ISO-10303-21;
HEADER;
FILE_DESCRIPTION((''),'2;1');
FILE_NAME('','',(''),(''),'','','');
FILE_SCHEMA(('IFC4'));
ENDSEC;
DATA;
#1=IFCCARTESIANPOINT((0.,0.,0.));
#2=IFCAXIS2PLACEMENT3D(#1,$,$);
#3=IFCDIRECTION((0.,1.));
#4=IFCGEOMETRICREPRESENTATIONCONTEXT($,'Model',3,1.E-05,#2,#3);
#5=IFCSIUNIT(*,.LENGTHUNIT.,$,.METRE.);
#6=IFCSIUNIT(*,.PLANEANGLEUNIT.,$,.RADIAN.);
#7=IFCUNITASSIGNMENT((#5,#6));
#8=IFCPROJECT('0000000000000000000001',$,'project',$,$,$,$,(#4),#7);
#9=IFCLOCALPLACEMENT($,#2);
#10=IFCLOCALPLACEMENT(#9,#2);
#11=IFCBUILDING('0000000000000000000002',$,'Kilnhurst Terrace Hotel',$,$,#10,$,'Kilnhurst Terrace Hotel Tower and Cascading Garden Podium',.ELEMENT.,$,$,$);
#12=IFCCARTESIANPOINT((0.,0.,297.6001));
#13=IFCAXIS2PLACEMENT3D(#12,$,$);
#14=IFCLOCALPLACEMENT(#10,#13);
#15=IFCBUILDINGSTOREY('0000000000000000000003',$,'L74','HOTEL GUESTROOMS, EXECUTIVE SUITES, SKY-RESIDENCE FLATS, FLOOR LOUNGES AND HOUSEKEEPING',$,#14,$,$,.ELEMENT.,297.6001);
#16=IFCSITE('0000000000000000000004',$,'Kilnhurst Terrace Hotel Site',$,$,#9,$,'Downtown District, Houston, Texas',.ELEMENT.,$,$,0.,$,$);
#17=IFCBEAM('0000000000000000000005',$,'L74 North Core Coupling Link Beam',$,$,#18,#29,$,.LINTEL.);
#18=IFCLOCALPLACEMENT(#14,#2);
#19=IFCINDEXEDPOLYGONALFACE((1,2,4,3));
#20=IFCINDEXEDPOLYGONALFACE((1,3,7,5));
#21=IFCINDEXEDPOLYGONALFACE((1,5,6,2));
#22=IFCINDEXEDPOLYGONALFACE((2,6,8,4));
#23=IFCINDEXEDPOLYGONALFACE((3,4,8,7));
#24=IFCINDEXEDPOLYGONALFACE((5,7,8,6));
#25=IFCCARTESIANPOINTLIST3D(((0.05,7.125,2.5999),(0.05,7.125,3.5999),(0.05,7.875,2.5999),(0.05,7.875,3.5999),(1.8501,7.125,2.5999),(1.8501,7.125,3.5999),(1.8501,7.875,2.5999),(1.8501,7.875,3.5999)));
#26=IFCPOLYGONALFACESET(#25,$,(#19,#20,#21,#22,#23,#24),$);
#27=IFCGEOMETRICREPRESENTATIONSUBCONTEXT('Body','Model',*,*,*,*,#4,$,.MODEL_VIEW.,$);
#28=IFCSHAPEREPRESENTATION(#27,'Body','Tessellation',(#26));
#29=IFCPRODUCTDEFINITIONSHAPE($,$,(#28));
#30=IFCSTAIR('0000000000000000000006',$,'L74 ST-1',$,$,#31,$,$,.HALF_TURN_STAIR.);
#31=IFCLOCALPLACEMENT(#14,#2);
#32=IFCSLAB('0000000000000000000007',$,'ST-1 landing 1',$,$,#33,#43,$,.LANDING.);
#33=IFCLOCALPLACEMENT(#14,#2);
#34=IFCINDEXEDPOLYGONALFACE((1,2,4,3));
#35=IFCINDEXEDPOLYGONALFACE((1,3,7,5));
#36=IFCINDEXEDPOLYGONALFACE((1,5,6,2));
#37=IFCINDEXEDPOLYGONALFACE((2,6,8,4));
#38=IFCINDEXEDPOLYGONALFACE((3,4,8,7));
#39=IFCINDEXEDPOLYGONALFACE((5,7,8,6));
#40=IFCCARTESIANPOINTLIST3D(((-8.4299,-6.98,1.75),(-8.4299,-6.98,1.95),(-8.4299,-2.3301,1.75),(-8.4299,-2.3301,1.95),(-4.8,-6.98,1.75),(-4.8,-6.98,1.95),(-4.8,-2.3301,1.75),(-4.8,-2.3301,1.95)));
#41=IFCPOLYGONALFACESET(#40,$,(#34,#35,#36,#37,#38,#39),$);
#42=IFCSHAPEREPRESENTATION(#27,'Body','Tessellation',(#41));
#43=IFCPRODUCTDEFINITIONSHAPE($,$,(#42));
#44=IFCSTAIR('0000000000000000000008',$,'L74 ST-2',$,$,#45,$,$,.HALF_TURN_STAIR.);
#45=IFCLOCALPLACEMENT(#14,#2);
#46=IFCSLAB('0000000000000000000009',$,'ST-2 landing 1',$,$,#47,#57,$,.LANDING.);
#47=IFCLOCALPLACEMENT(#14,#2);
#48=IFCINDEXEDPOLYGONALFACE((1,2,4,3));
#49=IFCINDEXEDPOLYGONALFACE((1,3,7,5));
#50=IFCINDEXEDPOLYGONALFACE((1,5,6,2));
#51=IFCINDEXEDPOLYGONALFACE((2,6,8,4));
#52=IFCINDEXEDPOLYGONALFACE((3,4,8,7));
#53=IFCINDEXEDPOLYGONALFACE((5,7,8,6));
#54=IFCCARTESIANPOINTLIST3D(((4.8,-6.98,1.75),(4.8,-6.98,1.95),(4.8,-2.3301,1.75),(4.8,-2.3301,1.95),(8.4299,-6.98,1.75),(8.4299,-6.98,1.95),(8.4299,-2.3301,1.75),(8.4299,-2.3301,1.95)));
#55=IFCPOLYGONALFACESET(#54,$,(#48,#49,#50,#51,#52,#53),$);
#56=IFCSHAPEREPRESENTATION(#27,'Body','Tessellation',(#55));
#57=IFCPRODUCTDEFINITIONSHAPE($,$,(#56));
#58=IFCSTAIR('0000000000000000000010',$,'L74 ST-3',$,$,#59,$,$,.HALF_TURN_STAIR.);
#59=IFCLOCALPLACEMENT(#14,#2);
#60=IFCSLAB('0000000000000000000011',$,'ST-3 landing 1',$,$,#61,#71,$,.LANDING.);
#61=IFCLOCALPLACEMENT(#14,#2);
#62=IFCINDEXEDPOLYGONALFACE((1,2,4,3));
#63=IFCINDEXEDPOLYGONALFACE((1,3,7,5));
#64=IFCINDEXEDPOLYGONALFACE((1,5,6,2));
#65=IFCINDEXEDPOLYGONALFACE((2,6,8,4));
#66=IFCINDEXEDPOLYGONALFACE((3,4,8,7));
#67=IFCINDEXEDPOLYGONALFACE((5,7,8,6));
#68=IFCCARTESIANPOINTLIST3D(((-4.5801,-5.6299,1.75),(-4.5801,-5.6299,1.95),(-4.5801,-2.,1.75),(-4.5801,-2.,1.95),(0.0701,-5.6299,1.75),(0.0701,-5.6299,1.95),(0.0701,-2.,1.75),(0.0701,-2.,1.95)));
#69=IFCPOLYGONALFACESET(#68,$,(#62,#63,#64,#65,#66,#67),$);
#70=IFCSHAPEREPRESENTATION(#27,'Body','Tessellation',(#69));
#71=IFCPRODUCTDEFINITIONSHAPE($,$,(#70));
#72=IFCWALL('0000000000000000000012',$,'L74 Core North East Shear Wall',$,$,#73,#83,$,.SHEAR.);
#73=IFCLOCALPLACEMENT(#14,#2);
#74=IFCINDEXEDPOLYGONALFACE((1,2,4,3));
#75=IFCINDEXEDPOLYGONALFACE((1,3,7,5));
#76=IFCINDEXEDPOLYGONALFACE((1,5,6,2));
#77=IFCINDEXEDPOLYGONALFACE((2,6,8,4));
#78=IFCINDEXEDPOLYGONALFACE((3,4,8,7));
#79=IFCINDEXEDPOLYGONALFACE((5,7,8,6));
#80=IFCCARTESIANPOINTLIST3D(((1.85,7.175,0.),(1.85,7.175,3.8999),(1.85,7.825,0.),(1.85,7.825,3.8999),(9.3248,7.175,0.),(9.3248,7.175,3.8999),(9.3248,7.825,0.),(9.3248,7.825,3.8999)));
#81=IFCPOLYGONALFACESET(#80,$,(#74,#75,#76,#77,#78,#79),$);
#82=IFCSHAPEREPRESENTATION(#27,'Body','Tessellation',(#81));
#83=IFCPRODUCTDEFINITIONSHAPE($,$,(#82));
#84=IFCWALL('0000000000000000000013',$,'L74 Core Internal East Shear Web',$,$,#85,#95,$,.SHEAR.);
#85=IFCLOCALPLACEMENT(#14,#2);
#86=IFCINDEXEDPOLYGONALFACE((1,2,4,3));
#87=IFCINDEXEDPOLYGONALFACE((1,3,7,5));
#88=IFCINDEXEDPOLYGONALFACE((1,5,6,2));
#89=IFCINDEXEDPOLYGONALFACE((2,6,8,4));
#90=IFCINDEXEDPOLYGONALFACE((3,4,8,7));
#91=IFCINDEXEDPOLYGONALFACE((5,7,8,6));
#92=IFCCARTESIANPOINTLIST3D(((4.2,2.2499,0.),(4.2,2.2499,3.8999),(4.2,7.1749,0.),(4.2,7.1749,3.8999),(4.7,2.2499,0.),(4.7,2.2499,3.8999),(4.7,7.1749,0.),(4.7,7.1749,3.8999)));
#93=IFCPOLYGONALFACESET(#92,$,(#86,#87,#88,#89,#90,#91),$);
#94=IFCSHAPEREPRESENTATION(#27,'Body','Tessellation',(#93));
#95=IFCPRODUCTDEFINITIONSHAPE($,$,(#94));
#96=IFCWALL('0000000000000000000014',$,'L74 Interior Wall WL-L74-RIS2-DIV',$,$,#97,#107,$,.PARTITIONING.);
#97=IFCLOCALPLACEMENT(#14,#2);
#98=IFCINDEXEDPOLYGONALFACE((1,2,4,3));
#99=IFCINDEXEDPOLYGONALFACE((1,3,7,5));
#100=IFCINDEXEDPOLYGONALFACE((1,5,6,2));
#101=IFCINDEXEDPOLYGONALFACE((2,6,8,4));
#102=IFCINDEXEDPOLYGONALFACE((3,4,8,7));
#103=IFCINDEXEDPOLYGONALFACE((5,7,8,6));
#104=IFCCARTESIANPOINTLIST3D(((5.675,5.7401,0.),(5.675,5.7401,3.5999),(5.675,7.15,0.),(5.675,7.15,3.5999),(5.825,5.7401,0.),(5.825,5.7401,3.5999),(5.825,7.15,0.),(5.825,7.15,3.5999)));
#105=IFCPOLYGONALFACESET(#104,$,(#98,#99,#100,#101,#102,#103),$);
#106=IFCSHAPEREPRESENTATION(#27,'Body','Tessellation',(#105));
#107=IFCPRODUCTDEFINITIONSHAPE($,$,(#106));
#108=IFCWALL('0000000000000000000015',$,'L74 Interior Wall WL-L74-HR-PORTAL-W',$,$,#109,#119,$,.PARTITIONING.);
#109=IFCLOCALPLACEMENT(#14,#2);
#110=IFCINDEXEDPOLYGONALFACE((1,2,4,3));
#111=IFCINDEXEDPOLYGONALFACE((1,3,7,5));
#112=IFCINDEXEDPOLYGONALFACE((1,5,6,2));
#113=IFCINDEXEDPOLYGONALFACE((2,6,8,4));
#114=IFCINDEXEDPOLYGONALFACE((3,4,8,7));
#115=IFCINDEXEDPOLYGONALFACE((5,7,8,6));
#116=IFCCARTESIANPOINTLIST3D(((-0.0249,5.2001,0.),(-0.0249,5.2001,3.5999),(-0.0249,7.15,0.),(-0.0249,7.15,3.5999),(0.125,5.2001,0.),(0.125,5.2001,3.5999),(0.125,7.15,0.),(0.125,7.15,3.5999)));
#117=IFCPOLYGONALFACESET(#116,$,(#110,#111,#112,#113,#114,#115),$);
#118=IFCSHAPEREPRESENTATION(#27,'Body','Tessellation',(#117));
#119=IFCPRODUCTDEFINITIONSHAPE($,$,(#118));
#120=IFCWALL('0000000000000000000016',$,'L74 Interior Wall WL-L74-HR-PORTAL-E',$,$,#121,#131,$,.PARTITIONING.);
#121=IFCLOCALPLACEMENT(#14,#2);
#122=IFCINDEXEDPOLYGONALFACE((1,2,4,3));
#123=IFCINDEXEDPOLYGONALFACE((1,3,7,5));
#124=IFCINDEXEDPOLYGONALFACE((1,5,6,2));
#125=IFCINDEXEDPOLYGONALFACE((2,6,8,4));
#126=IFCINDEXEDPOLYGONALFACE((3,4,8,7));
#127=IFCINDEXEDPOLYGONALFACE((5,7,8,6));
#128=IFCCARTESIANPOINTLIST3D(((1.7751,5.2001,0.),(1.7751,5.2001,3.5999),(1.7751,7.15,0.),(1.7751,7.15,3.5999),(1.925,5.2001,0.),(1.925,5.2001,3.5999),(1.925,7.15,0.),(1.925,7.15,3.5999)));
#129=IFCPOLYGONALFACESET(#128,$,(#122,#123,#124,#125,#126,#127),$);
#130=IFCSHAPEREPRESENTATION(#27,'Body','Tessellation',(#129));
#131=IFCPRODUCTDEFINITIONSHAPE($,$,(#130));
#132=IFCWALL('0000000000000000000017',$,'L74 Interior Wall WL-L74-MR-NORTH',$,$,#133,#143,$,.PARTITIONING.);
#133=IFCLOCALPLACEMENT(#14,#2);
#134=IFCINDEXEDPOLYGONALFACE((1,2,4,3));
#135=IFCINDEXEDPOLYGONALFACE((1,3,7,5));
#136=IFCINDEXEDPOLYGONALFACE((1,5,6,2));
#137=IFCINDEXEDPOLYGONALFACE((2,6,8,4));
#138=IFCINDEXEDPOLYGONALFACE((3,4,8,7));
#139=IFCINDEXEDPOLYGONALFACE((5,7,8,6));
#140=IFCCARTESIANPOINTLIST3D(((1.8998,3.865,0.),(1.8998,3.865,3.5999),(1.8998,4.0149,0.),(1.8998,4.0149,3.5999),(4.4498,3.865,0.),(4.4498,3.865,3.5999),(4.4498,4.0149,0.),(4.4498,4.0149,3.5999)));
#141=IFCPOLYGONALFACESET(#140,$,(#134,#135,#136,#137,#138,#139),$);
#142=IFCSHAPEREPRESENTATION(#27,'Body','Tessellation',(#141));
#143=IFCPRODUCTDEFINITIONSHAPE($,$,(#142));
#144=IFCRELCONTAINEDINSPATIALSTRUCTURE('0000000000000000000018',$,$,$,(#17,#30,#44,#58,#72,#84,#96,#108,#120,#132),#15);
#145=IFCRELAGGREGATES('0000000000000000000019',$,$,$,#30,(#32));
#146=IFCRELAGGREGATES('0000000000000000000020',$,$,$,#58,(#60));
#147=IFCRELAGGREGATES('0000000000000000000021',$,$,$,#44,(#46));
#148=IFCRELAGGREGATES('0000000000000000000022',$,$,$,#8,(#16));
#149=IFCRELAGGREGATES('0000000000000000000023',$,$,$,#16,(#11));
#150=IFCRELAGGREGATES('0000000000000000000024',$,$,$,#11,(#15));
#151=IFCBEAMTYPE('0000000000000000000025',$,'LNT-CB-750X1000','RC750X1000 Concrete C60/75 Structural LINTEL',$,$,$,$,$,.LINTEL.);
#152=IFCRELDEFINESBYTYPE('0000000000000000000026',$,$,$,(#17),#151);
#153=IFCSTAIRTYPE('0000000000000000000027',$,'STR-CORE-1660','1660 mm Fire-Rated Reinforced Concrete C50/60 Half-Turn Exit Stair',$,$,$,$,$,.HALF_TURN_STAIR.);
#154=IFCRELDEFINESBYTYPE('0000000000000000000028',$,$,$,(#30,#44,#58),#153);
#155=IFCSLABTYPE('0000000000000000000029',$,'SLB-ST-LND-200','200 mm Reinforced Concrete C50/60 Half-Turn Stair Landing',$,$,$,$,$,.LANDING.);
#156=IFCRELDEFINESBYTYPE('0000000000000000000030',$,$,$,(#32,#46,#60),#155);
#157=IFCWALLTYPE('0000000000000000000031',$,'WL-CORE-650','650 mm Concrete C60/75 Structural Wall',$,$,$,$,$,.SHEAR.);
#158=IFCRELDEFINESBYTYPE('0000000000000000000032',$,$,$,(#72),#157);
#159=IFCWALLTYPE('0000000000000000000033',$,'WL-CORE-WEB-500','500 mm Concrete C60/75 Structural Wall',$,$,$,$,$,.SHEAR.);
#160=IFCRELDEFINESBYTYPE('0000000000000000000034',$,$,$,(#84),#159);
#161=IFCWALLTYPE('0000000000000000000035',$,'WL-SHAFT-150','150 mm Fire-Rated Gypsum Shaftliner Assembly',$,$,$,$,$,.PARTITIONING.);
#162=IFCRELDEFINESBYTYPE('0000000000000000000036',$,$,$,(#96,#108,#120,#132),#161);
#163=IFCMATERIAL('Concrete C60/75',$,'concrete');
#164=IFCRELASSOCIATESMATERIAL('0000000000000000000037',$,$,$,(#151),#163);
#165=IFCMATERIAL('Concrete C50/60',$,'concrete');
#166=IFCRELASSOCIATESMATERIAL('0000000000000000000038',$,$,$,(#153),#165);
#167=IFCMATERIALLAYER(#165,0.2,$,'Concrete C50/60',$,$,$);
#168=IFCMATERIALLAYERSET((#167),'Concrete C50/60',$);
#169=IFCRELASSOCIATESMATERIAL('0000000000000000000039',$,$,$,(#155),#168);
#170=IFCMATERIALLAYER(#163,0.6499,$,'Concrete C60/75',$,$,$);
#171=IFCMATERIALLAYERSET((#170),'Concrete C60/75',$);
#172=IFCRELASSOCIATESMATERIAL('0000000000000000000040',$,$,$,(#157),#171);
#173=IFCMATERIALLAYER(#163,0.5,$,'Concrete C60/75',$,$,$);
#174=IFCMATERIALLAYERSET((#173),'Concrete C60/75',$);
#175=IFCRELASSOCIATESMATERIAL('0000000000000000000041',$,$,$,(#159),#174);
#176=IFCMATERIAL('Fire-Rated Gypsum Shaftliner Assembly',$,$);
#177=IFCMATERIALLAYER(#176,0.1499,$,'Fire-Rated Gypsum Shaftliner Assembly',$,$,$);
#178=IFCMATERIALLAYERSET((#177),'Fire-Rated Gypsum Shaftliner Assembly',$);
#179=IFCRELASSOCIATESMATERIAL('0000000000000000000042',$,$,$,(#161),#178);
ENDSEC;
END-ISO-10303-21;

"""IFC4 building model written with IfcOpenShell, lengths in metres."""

from ifc_helpers import new_model, si_unit, direction, frame, frame_2d, origin, origin_2d, place, context, subcontext, project, spatial, polyline, rectangle, outline, extrude, material, layer, layer_set, material_profile, profile_set, type_object, element, aggregate, save


model = new_model("IFC4")

# Units and contexts
model_context = context("Model", 3, precision=1e-05, world=origin(), true_north=direction((0.0, 1.0)))
body_context = subcontext(model_context, "Body", "Model", "MODEL_VIEW")
ifc_project = project(units=[si_unit("LENGTHUNIT", "METRE"), si_unit("PLANEANGLEUNIT", "RADIAN")], contexts=[model_context])

# Site, building, storey
site_placement = place(None, origin())
site = spatial("IfcSite", under=ifc_project, at=site_placement, Name="Kilnhurst Terrace Hotel Site", LongName="Downtown District, Houston, Texas", CompositionType="ELEMENT", RefElevation=0.0)
building_placement = place(site_placement, origin())
building = spatial("IfcBuilding", under=site, at=building_placement, Name="Kilnhurst Terrace Hotel", LongName="Kilnhurst Terrace Hotel Tower and Cascading Garden Podium", CompositionType="ELEMENT")
storey_placement = place(building_placement, frame((0.0, 0.0, 297.6001)))
storey = spatial("IfcBuildingStorey", under=building, at=storey_placement, Name="L74", Description="HOTEL GUESTROOMS, EXECUTIVE SUITES, SKY-RESIDENCE FLATS, FLOOR LOUNGES AND HOUSEKEEPING", CompositionType="ELEMENT", Elevation=297.6001)

# Beam
ifc_material_1 = material(Name="Concrete C60/75", Category="concrete")
ifc_material_profile = material_profile(ifc_material_1, rectangle(XDim=0.75, YDim=1.0, at=origin_2d()), Name="RC750X1000")
ifc_profile_set = profile_set([ifc_material_profile], Name="Concrete C60/75")
beam_type = type_object("IfcBeamType", Name="LNT-CB-750X1000", Description="RC750X1000 Concrete C60/75 Structural LINTEL", PredefinedType="LINTEL", material=ifc_profile_set)
beam_placement = place(storey_placement, frame((0.05, 7.5, 3.0999), z_axis=(1.0, 0.0, 0.0), x_axis=(0.0, 1.0, 0.0)))
element("IfcBeam", 1, at=beam_placement, inside=storey, type_object=beam_type, Name="L74 North Core Coupling Link Beam", PredefinedType="LINTEL", context=body_context, shape_type="SweptSolid", body=[
    extrude(rectangle(XDim=0.75, YDim=1.0, at=origin_2d()), origin(), (0.0, 0.0, 1.0), 1.8),
])

# Stairs, slabs
ifc_material_2 = material(Name="Concrete C50/60", Category="concrete")
stair_type = type_object("IfcStairType", Name="STR-CORE-1660", Description="1660 mm Fire-Rated Reinforced Concrete C50/60 Half-Turn Exit Stair", PredefinedType="HALF_TURN_STAIR", material=ifc_material_2)
stair_1_placement = place(storey_placement, origin())
stair_1 = element("IfcStair", 2, at=stair_1_placement, inside=storey, type_object=stair_type, Name="L74 ST-1", PredefinedType="HALF_TURN_STAIR")
ifc_layer_1 = layer(ifc_material_2, 0.2, Name="Concrete C50/60")
ifc_layer_set_1 = layer_set([ifc_layer_1], Name="Concrete C50/60")
slab_type = type_object("IfcSlabType", Name="SLB-ST-LND-200", Description="200 mm Reinforced Concrete C50/60 Half-Turn Stair Landing", PredefinedType="LANDING", material=ifc_layer_set_1)
slab_1_placement = place(storey_placement, frame((0.0, 0.0, 1.75)))
slab_1 = element("IfcSlab", 3, at=slab_1_placement, type_object=slab_type, Name="ST-1 landing 1", PredefinedType="LANDING", context=body_context, shape_type="SweptSolid", body=[
    extrude(outline(polyline([(-8.4299, -2.3301), (-4.8, -2.3301), (-4.8, -6.98), (-8.4299, -6.98), (-8.4299, -2.3301)])), origin(), (0.0, 0.0, 1.0), 0.2),
])
aggregate(stair_1, [slab_1])
stair_2_placement = place(storey_placement, origin())
stair_2 = element("IfcStair", 4, at=stair_2_placement, inside=storey, type_object=stair_type, Name="L74 ST-2", PredefinedType="HALF_TURN_STAIR")
slab_2_placement = place(storey_placement, frame((0.0, 0.0, 1.75)))
slab_2 = element("IfcSlab", 5, at=slab_2_placement, type_object=slab_type, Name="ST-2 landing 1", PredefinedType="LANDING", context=body_context, shape_type="SweptSolid", body=[
    extrude(outline(polyline([(4.8, -2.3301), (8.4299, -2.3301), (8.4299, -6.98), (4.8, -6.98), (4.8, -2.3301)])), origin(), (0.0, 0.0, 1.0), 0.2),
])
stair_3_placement = place(storey_placement, origin())
stair_3 = element("IfcStair", 6, at=stair_3_placement, inside=storey, type_object=stair_type, Name="L74 ST-3", PredefinedType="HALF_TURN_STAIR")
slab_3_placement = place(storey_placement, frame((0.0, 0.0, 1.75)))
slab_3 = element("IfcSlab", 7, at=slab_3_placement, type_object=slab_type, Name="ST-3 landing 1", PredefinedType="LANDING", context=body_context, shape_type="SweptSolid", body=[
    extrude(outline(polyline([(0.0701, -2.0), (0.0701, -5.6299), (-4.5801, -5.6299), (-4.5801, -2.0), (0.0701, -2.0)])), origin(), (0.0, 0.0, 1.0), 0.2),
])
aggregate(stair_3, [slab_3])

# Walls
ifc_layer_2 = layer(ifc_material_1, 0.6499, Name="Concrete C60/75")
ifc_layer_set_2 = layer_set([ifc_layer_2], Name="Concrete C60/75")
wall_type_1 = type_object("IfcWallType", Name="WL-CORE-650", Description="650 mm Concrete C60/75 Structural Wall", PredefinedType="SHEAR", material=ifc_layer_set_2)
wall_1_placement = place(storey_placement, frame((1.8501, 7.5, 0.0), z_axis=(0.0, 0.0, 1.0), x_axis=(1.0, 0.0, 0.0)))
element("IfcWall", 8, at=wall_1_placement, inside=storey, type_object=wall_type_1, Name="L74 Core North East Shear Wall", PredefinedType="SHEAR", context=body_context, shape_type="SweptSolid", body=[
    extrude(rectangle(XDim=7.4749, YDim=0.6499, at=frame_2d((3.7373, 0.0))), origin(), (0.0, 0.0, 1.0), 3.8999),
])
ifc_layer_3 = layer(ifc_material_1, 0.5, Name="Concrete C60/75")
ifc_layer_set_3 = layer_set([ifc_layer_3], Name="Concrete C60/75")
wall_type_2 = type_object("IfcWallType", Name="WL-CORE-WEB-500", Description="500 mm Concrete C60/75 Structural Wall", PredefinedType="SHEAR", material=ifc_layer_set_3)
wall_2_placement = place(storey_placement, frame((4.45, 2.25, 0.0), z_axis=(0.0, 0.0, 1.0), x_axis=(0.0, 1.0, 0.0)))
element("IfcWall", 9, at=wall_2_placement, inside=storey, type_object=wall_type_2, Name="L74 Core Internal East Shear Web", PredefinedType="SHEAR", context=body_context, shape_type="SweptSolid", body=[
    extrude(rectangle(XDim=4.925, YDim=0.5, at=frame_2d((2.4624, 0.0))), origin(), (0.0, 0.0, 1.0), 3.8999),
])
ifc_material_3 = material(Name="Fire-Rated Gypsum Shaftliner Assembly")
ifc_layer_4 = layer(ifc_material_3, 0.1499, Name="Fire-Rated Gypsum Shaftliner Assembly")
ifc_layer_set_4 = layer_set([ifc_layer_4], Name="Fire-Rated Gypsum Shaftliner Assembly")
wall_type_3 = type_object("IfcWallType", Name="WL-SHAFT-150", Description="150 mm Fire-Rated Gypsum Shaftliner Assembly", PredefinedType="PARTITIONING", material=ifc_layer_set_4)
wall_3_placement = place(storey_placement, frame((5.75, 5.74, 0.0), z_axis=(0.0, 0.0, 1.0), x_axis=(0.0, 1.0, 0.0)))
element("IfcWall", 10, at=wall_3_placement, inside=storey, type_object=wall_type_3, Name="L74 Interior Wall WL-L74-RIS2-DIV", PredefinedType="PARTITIONING", context=body_context, shape_type="SweptSolid", body=[
    extrude(rectangle(XDim=1.4099, YDim=0.1499, at=frame_2d((0.7051, 0.0))), origin(), (0.0, 0.0, 1.0), 3.5999),
])
for number, where, z_axis, x_axis, name in (
    (11, (0.05, 5.2, 0.0), (0.0, 0.0, 1.0), (0.0, 1.0, 0.0), "L74 Interior Wall WL-L74-HR-PORTAL-W"),
    (12, (1.8501, 5.2, 0.0), (0.0, 0.0, 1.0), (0.0, 1.0, 0.0), "L74 Interior Wall WL-L74-HR-PORTAL-E"),
):
    element("IfcWall", number, at=place(storey_placement, frame(where, z_axis=z_axis, x_axis=x_axis)), inside=storey, type_object=wall_type_3, Name=name, PredefinedType="PARTITIONING", context=body_context, shape_type="SweptSolid", body=[
        extrude(rectangle(XDim=1.95, YDim=0.1499, at=frame_2d((0.9751, 0.0))), origin(), (0.0, 0.0, 1.0), 3.5999),
    ])
wall_4_placement = place(storey_placement, frame((1.8999, 3.9399, 0.0), z_axis=(0.0, 0.0, 1.0), x_axis=(1.0, 0.0, 0.0)))
element("IfcWall", 13, at=wall_4_placement, inside=storey, type_object=wall_type_3, Name="L74 Interior Wall WL-L74-MR-NORTH", PredefinedType="PARTITIONING", context=body_context, shape_type="SweptSolid", body=[
    extrude(rectangle(XDim=2.55, YDim=0.1499, at=frame_2d((1.2749, 0.0))), origin(), (0.0, 0.0, 1.0), 3.5999),
])

aggregate(stair_2, [slab_2])

save(model, "model.ifc")
